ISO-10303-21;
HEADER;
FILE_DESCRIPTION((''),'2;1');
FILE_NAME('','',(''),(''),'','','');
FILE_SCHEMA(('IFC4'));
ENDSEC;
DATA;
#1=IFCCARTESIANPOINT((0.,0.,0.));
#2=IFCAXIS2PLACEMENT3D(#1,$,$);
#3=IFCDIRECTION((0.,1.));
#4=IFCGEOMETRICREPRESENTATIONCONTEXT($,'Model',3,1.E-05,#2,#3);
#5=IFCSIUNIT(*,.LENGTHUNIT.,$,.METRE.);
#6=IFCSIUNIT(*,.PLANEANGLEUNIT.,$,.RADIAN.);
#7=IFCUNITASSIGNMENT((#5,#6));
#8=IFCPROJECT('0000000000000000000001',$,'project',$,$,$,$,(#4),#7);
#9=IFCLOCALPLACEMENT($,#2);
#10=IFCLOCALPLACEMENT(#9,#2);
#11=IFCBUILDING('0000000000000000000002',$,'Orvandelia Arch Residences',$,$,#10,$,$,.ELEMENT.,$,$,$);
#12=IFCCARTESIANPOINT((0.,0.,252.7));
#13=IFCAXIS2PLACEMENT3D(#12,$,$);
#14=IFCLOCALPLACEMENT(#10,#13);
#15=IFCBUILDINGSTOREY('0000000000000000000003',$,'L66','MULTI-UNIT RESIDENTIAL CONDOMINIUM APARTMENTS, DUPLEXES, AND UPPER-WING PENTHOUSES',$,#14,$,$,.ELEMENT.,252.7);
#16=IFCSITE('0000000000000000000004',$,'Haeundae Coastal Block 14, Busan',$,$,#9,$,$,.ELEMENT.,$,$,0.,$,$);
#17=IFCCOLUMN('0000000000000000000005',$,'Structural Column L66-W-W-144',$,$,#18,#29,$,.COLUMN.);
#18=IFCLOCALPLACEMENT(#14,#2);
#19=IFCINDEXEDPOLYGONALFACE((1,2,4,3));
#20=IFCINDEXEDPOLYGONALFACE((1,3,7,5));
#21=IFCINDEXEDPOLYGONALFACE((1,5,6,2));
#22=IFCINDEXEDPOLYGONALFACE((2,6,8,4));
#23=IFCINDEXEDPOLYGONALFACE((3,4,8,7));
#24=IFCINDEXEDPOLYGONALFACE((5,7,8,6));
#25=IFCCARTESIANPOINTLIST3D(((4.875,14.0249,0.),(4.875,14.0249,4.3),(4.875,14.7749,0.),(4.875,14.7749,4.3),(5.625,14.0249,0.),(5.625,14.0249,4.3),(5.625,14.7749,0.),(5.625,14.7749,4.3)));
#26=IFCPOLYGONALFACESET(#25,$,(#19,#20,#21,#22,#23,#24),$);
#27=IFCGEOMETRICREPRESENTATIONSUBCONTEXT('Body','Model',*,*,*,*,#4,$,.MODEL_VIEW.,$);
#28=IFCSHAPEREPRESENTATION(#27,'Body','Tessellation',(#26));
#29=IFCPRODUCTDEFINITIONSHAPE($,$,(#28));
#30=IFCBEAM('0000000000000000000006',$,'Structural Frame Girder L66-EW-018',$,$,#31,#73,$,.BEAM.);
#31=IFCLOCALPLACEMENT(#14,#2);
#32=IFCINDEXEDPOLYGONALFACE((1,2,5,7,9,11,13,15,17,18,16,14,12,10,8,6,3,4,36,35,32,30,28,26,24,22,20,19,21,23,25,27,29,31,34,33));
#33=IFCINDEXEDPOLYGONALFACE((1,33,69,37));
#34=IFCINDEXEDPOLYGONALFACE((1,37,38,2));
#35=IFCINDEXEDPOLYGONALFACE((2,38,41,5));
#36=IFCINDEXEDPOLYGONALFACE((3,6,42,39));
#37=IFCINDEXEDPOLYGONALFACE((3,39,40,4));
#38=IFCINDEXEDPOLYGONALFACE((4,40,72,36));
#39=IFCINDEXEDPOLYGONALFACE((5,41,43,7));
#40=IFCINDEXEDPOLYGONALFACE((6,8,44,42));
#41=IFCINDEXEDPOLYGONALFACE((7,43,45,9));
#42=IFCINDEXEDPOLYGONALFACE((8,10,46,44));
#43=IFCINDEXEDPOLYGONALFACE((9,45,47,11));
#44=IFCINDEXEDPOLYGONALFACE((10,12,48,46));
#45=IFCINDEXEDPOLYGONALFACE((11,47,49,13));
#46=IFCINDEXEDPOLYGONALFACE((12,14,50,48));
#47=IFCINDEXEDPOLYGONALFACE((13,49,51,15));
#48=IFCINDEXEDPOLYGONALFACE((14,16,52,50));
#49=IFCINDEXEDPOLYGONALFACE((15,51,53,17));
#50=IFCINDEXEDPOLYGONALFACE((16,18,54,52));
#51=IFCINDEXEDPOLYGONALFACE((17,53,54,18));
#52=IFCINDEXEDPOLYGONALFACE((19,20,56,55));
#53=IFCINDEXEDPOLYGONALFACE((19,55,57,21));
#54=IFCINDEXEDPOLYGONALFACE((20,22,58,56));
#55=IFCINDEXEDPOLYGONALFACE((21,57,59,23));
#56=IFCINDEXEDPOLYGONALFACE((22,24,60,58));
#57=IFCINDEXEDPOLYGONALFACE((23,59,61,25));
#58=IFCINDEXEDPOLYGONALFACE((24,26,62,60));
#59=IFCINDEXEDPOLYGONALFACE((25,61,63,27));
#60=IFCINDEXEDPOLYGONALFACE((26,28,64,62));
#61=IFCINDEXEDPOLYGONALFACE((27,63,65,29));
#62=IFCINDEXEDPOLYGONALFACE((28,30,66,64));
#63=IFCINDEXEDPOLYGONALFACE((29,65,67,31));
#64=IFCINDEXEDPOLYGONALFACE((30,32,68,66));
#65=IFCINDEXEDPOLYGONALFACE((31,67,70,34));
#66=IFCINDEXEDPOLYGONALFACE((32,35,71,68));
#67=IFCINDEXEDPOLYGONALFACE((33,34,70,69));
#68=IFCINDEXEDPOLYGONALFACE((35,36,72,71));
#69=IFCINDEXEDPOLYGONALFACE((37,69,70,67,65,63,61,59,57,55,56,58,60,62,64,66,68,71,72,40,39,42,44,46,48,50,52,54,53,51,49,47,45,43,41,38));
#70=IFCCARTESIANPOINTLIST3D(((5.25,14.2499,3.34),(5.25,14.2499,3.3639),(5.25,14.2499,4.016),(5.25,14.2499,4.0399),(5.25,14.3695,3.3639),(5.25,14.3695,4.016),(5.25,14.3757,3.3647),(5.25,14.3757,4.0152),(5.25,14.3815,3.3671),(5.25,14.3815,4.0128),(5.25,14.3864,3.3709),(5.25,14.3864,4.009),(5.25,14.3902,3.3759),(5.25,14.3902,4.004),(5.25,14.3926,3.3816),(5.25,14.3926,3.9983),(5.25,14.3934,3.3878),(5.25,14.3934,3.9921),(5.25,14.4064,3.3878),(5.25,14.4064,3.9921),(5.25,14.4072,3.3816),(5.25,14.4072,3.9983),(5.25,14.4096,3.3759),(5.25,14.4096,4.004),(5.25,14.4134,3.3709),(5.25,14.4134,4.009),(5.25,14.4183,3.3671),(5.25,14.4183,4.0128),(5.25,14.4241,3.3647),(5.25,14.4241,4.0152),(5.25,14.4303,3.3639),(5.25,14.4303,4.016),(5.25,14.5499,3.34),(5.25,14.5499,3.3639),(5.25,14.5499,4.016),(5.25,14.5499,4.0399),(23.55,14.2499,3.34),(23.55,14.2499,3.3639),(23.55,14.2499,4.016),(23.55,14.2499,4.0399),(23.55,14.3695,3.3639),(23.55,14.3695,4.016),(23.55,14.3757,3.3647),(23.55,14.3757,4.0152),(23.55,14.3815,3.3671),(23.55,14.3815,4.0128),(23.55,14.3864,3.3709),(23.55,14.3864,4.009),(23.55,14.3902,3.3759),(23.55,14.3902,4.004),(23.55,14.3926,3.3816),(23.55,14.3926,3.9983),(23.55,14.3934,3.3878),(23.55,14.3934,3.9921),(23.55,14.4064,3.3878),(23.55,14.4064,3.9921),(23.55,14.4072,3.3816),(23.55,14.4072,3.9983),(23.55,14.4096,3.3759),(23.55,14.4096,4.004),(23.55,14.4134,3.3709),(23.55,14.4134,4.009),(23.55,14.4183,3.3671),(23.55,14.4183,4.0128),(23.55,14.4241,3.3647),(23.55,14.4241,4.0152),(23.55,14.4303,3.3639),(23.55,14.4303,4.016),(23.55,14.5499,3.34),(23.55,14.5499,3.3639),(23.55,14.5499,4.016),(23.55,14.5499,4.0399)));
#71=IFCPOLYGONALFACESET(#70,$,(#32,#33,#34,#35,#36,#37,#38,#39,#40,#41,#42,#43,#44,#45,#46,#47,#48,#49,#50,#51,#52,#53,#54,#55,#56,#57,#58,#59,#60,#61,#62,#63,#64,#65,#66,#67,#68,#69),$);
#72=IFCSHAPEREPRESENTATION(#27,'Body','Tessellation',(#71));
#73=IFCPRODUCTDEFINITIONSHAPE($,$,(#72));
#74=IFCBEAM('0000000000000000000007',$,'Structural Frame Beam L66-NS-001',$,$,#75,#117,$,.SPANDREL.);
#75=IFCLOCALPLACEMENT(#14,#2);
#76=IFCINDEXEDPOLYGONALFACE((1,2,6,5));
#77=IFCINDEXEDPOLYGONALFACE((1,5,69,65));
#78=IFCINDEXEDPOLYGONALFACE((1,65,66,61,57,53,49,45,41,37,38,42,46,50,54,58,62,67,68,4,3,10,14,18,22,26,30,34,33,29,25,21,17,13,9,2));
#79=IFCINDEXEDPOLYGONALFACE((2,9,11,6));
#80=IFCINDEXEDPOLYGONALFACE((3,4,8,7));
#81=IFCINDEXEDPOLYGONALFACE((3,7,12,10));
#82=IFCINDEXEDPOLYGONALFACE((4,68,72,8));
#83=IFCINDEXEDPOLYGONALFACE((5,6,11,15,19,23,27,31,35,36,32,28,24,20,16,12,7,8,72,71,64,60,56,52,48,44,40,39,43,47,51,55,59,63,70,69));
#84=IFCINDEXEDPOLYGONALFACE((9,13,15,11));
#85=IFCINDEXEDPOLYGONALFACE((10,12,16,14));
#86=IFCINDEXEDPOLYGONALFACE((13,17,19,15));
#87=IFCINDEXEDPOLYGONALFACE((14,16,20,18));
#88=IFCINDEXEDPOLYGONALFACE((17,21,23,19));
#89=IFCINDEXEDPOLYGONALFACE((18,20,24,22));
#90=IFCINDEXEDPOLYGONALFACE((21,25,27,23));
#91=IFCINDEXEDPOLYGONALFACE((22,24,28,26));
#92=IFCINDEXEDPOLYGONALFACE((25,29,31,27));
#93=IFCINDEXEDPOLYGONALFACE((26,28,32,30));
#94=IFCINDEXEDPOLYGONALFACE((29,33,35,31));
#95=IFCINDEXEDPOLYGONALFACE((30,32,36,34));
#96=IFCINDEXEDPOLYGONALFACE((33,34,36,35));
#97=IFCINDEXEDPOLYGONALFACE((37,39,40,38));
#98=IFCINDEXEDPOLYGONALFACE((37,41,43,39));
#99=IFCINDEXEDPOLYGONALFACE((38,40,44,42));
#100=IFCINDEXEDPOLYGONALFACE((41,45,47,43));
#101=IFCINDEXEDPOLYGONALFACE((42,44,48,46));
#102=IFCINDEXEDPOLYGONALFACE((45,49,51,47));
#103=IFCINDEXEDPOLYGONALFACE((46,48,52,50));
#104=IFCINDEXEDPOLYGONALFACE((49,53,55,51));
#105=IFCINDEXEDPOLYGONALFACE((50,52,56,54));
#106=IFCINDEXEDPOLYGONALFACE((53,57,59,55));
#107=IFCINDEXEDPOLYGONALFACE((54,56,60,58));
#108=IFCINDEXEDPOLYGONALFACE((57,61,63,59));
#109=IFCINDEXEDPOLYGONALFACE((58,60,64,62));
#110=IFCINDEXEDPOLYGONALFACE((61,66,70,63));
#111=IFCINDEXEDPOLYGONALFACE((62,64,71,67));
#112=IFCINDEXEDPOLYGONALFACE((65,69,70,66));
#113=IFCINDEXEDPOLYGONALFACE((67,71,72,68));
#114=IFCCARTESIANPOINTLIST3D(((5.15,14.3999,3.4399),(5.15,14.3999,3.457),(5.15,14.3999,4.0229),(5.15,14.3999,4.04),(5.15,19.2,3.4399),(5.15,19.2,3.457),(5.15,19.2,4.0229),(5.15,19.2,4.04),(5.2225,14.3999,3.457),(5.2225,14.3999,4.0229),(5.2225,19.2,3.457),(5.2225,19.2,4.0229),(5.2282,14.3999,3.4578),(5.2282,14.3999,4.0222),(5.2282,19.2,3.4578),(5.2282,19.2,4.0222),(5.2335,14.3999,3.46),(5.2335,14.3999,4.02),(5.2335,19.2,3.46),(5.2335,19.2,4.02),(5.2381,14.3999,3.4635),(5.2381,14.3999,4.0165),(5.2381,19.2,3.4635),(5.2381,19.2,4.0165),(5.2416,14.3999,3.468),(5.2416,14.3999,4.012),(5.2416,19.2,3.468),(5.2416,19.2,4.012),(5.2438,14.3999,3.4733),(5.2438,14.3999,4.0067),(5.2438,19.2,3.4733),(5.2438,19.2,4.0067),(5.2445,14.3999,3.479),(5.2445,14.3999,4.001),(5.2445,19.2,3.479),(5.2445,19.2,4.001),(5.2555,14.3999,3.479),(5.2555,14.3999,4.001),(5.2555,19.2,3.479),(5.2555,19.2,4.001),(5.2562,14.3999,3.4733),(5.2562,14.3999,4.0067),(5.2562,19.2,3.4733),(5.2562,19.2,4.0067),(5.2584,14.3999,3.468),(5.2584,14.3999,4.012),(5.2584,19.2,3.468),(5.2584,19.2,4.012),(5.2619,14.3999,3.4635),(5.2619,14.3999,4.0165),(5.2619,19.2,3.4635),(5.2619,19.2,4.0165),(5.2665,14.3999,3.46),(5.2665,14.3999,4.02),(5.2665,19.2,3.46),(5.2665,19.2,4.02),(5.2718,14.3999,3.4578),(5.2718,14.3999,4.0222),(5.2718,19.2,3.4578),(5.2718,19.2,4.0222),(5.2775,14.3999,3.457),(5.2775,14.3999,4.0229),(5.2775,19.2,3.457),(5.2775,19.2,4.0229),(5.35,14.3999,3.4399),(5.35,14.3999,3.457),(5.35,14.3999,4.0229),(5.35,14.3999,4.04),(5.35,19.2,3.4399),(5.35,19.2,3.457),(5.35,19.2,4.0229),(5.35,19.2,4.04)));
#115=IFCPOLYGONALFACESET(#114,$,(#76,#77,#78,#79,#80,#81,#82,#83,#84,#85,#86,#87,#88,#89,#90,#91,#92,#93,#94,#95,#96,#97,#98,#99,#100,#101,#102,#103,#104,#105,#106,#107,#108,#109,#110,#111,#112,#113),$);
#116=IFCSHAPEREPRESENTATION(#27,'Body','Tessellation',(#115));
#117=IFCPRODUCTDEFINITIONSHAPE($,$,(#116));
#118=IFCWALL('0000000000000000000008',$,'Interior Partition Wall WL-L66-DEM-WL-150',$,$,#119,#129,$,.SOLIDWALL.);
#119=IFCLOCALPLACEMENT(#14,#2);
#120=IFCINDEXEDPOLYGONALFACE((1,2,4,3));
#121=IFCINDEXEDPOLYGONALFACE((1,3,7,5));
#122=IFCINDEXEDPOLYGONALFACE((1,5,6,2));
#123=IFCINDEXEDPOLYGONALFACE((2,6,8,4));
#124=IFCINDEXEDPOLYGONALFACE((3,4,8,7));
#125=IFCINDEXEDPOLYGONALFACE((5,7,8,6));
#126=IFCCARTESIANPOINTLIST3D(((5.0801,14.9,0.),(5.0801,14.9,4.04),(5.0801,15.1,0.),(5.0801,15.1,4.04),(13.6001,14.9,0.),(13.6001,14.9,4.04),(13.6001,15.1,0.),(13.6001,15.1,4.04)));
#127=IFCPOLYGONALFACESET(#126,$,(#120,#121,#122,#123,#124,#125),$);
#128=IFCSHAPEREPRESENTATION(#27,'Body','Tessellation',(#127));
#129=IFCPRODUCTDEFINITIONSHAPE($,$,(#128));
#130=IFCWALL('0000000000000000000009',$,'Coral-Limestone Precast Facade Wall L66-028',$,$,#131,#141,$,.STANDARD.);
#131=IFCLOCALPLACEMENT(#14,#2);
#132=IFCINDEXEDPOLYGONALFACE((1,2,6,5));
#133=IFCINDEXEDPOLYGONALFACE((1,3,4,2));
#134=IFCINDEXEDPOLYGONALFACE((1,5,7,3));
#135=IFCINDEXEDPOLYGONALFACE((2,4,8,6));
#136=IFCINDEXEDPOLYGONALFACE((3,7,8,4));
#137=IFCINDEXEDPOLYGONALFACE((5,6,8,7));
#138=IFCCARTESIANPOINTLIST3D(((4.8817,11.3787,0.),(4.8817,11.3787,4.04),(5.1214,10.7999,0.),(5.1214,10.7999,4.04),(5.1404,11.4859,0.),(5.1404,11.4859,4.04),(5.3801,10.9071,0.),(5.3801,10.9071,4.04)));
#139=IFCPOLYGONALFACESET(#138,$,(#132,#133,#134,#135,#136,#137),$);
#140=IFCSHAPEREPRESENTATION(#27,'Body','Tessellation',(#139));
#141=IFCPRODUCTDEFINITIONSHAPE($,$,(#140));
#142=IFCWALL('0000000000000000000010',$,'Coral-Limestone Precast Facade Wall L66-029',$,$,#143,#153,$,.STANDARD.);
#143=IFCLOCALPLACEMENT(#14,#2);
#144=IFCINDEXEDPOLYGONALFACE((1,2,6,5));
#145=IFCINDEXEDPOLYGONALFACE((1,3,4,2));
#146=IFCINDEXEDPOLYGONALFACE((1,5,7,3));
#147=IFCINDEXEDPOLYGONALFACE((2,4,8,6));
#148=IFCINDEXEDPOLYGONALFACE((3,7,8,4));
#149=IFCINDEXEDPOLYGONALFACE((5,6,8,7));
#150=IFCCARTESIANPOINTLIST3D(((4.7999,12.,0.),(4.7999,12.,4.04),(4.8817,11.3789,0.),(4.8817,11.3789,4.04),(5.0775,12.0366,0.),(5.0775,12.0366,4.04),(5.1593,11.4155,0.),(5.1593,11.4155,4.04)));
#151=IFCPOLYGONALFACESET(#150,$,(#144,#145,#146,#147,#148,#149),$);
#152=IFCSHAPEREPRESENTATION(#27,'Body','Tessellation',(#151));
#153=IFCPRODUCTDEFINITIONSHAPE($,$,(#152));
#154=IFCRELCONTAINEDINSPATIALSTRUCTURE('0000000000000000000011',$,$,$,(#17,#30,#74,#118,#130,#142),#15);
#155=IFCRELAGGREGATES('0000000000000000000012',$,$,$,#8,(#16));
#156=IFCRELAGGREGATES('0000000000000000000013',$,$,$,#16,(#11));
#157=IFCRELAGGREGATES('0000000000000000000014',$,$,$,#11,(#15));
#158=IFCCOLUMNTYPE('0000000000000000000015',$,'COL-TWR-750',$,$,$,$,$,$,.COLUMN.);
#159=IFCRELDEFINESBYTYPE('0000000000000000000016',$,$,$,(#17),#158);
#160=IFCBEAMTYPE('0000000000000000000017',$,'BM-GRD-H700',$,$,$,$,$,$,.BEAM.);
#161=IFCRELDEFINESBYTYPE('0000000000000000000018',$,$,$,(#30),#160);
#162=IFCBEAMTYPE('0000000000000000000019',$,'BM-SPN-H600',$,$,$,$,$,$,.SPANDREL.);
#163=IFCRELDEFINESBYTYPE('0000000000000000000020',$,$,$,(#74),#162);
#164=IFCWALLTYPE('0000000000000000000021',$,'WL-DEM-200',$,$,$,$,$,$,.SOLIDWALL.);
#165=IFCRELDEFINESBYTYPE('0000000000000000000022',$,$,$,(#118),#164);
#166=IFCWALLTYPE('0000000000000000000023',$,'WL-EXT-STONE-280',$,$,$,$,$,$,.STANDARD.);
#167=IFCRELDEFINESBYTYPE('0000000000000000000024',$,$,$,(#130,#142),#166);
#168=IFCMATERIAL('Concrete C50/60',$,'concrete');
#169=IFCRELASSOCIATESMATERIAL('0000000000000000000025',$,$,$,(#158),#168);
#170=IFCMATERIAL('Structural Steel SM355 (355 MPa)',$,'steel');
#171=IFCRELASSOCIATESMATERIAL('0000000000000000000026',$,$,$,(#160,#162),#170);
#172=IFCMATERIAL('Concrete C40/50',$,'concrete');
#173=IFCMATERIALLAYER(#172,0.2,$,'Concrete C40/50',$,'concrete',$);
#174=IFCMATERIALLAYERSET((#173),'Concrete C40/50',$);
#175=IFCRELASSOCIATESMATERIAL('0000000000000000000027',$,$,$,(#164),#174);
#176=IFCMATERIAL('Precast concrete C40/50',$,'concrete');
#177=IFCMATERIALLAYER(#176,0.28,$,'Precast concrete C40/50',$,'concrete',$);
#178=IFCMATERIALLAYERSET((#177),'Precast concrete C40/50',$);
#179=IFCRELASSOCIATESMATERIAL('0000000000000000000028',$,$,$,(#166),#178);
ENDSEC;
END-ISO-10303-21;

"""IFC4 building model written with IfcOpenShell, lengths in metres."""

from ifc_helpers import new_model, si_unit, direction, frame, frame_2d, origin, origin_2d, place, context, subcontext, project, spatial, rectangle, i_section, extrude, material, layer, layer_set, material_profile, profile_set, type_object, element, save


model = new_model("IFC4")

# Units and contexts
model_context = context("Model", 3, precision=1e-05, world=origin(), true_north=direction((0.0, 1.0)))
body_context = subcontext(model_context, "Body", "Model", "MODEL_VIEW")
ifc_project = project(units=[si_unit("LENGTHUNIT", "METRE"), si_unit("PLANEANGLEUNIT", "RADIAN")], contexts=[model_context])

# Site, building, storey
site_placement = place(None, origin())
site = spatial("IfcSite", under=ifc_project, at=site_placement, Name="Haeundae Coastal Block 14, Busan", CompositionType="ELEMENT", RefElevation=0.0)
building_placement = place(site_placement, origin())
building = spatial("IfcBuilding", under=site, at=building_placement, Name="Orvandelia Arch Residences", CompositionType="ELEMENT")
storey_placement = place(building_placement, frame((0.0, 0.0, 252.7)))
storey = spatial("IfcBuildingStorey", under=building, at=storey_placement, Name="L66", Description="MULTI-UNIT RESIDENTIAL CONDOMINIUM APARTMENTS, DUPLEXES, AND UPPER-WING PENTHOUSES", CompositionType="ELEMENT", Elevation=252.7)

# Column
ifc_material_1 = material(Name="Concrete C50/60", Category="concrete")
ifc_material_profile_1 = material_profile(ifc_material_1, rectangle(XDim=0.75, YDim=0.75, at=origin_2d()), Name="Concrete C50/60", Category="concrete")
ifc_profile_set_1 = profile_set([ifc_material_profile_1], Name="Concrete C50/60")
column_type = type_object("IfcColumnType", Name="COL-TWR-750", PredefinedType="COLUMN", material=ifc_profile_set_1)
column_placement = place(storey_placement, frame((5.25, 14.3999, 0.0), z_axis=(0.0, 0.0, 1.0), x_axis=(1.0, 0.0, 0.0)))
element("IfcColumn", 1, at=column_placement, inside=storey, type_object=column_type, Name="Structural Column L66-W-W-144", PredefinedType="COLUMN", context=body_context, shape_type="SweptSolid", body=[
    extrude(rectangle(XDim=0.75, YDim=0.75, at=origin_2d()), origin(), (0.0, 0.0, 1.0), 4.3),
])

# Beams
ifc_material_2 = material(Name="Structural Steel SM355 (355 MPa)", Category="steel")
ifc_material_profile_2 = material_profile(ifc_material_2, i_section(OverallWidth=0.3, OverallDepth=0.7, WebThickness=0.0129, FlangeThickness=0.0239, FilletRadius=0.0239, at=origin_2d()), Name="Structural Steel SM355 (355 MPa)", Category="steel")
ifc_profile_set_2 = profile_set([ifc_material_profile_2], Name="Structural Steel SM355 (355 MPa)")
beam_type_1 = type_object("IfcBeamType", Name="BM-GRD-H700", PredefinedType="BEAM", material=ifc_profile_set_2)
beam_1_placement = place(storey_placement, frame((5.25, 14.3999, 3.6899), z_axis=(1.0, 0.0, 0.0), x_axis=(0.0, 1.0, 0.0)))
element("IfcBeam", 2, at=beam_1_placement, inside=storey, type_object=beam_type_1, Name="Structural Frame Girder L66-EW-018", PredefinedType="BEAM", context=body_context, shape_type="SweptSolid", body=[
    extrude(i_section(OverallWidth=0.3, OverallDepth=0.7, WebThickness=0.0129, FlangeThickness=0.0239, FilletRadius=0.0239, at=origin_2d()), origin(), (0.0, 0.0, 1.0), 18.3),
])
ifc_material_profile_3 = material_profile(ifc_material_2, i_section(OverallWidth=0.2, OverallDepth=0.6001, WebThickness=0.011, FlangeThickness=0.0171, FilletRadius=0.022, at=origin_2d()), Name="Structural Steel SM355 (355 MPa)", Category="steel")
ifc_profile_set_3 = profile_set([ifc_material_profile_3], Name="Structural Steel SM355 (355 MPa)")
beam_type_2 = type_object("IfcBeamType", Name="BM-SPN-H600", PredefinedType="SPANDREL", material=ifc_profile_set_3)
beam_2_placement = place(storey_placement, frame((5.25, 14.3999, 3.74), z_axis=(0.0, 1.0, 0.0), x_axis=(-1.0, 0.0, 0.0)))
element("IfcBeam", 3, at=beam_2_placement, inside=storey, type_object=beam_type_2, Name="Structural Frame Beam L66-NS-001", PredefinedType="SPANDREL", context=body_context, shape_type="SweptSolid", body=[
    extrude(i_section(OverallWidth=0.2, OverallDepth=0.6001, WebThickness=0.011, FlangeThickness=0.0171, FilletRadius=0.022, at=origin_2d()), origin(), (0.0, 0.0, 1.0), 4.8),
])

# Walls
ifc_material_3 = material(Name="Concrete C40/50", Category="concrete")
ifc_layer_1 = layer(ifc_material_3, 0.2, Name="Concrete C40/50", Category="concrete")
ifc_layer_set_1 = layer_set([ifc_layer_1], Name="Concrete C40/50")
wall_type_1 = type_object("IfcWallType", Name="WL-DEM-200", PredefinedType="SOLIDWALL", material=ifc_layer_set_1)
wall_1_placement = place(storey_placement, frame((5.0801, 15.0, 0.0), z_axis=(0.0, 0.0, 1.0), x_axis=(1.0, 0.0, 0.0)))
element("IfcWall", 4, at=wall_1_placement, inside=storey, type_object=wall_type_1, Name="Interior Partition Wall WL-L66-DEM-WL-150", PredefinedType="SOLIDWALL", context=body_context, shape_type="SweptSolid", body=[
    extrude(rectangle(XDim=8.52, YDim=0.2, at=frame_2d((4.26, 0.0))), origin(), (0.0, 0.0, 1.0), 4.04),
])
ifc_material_4 = material(Name="Precast concrete C40/50", Category="concrete")
ifc_layer_2 = layer(ifc_material_4, 0.28, Name="Precast concrete C40/50", Category="concrete")
ifc_layer_set_2 = layer_set([ifc_layer_2], Name="Precast concrete C40/50")
wall_type_2 = type_object("IfcWallType", Name="WL-EXT-STONE-280", PredefinedType="STANDARD", material=ifc_layer_set_2)
for number, where, z_axis, x_axis, name in (
    (5, (5.2507, 10.8535, 0.0), (0.0, 0.0, 1.0), (-0.38265, 0.923893, 0.0), "Coral-Limestone Precast Facade Wall L66-028"),
    (6, (5.0205, 11.3972, 0.0), (0.0, 0.0, 1.0), (-0.130555, 0.991441, 0.0), "Coral-Limestone Precast Facade Wall L66-029"),
):
    element("IfcWall", number, at=place(storey_placement, frame(where, z_axis=z_axis, x_axis=x_axis)), inside=storey, type_object=wall_type_2, Name=name, PredefinedType="STANDARD", context=body_context, shape_type="SweptSolid", body=[
        extrude(rectangle(XDim=0.6265, YDim=0.28, at=frame_2d((0.3132, 0.0))), origin(), (0.0, 0.0, 1.0), 4.04),
    ])

save(model, "model.ifc")
